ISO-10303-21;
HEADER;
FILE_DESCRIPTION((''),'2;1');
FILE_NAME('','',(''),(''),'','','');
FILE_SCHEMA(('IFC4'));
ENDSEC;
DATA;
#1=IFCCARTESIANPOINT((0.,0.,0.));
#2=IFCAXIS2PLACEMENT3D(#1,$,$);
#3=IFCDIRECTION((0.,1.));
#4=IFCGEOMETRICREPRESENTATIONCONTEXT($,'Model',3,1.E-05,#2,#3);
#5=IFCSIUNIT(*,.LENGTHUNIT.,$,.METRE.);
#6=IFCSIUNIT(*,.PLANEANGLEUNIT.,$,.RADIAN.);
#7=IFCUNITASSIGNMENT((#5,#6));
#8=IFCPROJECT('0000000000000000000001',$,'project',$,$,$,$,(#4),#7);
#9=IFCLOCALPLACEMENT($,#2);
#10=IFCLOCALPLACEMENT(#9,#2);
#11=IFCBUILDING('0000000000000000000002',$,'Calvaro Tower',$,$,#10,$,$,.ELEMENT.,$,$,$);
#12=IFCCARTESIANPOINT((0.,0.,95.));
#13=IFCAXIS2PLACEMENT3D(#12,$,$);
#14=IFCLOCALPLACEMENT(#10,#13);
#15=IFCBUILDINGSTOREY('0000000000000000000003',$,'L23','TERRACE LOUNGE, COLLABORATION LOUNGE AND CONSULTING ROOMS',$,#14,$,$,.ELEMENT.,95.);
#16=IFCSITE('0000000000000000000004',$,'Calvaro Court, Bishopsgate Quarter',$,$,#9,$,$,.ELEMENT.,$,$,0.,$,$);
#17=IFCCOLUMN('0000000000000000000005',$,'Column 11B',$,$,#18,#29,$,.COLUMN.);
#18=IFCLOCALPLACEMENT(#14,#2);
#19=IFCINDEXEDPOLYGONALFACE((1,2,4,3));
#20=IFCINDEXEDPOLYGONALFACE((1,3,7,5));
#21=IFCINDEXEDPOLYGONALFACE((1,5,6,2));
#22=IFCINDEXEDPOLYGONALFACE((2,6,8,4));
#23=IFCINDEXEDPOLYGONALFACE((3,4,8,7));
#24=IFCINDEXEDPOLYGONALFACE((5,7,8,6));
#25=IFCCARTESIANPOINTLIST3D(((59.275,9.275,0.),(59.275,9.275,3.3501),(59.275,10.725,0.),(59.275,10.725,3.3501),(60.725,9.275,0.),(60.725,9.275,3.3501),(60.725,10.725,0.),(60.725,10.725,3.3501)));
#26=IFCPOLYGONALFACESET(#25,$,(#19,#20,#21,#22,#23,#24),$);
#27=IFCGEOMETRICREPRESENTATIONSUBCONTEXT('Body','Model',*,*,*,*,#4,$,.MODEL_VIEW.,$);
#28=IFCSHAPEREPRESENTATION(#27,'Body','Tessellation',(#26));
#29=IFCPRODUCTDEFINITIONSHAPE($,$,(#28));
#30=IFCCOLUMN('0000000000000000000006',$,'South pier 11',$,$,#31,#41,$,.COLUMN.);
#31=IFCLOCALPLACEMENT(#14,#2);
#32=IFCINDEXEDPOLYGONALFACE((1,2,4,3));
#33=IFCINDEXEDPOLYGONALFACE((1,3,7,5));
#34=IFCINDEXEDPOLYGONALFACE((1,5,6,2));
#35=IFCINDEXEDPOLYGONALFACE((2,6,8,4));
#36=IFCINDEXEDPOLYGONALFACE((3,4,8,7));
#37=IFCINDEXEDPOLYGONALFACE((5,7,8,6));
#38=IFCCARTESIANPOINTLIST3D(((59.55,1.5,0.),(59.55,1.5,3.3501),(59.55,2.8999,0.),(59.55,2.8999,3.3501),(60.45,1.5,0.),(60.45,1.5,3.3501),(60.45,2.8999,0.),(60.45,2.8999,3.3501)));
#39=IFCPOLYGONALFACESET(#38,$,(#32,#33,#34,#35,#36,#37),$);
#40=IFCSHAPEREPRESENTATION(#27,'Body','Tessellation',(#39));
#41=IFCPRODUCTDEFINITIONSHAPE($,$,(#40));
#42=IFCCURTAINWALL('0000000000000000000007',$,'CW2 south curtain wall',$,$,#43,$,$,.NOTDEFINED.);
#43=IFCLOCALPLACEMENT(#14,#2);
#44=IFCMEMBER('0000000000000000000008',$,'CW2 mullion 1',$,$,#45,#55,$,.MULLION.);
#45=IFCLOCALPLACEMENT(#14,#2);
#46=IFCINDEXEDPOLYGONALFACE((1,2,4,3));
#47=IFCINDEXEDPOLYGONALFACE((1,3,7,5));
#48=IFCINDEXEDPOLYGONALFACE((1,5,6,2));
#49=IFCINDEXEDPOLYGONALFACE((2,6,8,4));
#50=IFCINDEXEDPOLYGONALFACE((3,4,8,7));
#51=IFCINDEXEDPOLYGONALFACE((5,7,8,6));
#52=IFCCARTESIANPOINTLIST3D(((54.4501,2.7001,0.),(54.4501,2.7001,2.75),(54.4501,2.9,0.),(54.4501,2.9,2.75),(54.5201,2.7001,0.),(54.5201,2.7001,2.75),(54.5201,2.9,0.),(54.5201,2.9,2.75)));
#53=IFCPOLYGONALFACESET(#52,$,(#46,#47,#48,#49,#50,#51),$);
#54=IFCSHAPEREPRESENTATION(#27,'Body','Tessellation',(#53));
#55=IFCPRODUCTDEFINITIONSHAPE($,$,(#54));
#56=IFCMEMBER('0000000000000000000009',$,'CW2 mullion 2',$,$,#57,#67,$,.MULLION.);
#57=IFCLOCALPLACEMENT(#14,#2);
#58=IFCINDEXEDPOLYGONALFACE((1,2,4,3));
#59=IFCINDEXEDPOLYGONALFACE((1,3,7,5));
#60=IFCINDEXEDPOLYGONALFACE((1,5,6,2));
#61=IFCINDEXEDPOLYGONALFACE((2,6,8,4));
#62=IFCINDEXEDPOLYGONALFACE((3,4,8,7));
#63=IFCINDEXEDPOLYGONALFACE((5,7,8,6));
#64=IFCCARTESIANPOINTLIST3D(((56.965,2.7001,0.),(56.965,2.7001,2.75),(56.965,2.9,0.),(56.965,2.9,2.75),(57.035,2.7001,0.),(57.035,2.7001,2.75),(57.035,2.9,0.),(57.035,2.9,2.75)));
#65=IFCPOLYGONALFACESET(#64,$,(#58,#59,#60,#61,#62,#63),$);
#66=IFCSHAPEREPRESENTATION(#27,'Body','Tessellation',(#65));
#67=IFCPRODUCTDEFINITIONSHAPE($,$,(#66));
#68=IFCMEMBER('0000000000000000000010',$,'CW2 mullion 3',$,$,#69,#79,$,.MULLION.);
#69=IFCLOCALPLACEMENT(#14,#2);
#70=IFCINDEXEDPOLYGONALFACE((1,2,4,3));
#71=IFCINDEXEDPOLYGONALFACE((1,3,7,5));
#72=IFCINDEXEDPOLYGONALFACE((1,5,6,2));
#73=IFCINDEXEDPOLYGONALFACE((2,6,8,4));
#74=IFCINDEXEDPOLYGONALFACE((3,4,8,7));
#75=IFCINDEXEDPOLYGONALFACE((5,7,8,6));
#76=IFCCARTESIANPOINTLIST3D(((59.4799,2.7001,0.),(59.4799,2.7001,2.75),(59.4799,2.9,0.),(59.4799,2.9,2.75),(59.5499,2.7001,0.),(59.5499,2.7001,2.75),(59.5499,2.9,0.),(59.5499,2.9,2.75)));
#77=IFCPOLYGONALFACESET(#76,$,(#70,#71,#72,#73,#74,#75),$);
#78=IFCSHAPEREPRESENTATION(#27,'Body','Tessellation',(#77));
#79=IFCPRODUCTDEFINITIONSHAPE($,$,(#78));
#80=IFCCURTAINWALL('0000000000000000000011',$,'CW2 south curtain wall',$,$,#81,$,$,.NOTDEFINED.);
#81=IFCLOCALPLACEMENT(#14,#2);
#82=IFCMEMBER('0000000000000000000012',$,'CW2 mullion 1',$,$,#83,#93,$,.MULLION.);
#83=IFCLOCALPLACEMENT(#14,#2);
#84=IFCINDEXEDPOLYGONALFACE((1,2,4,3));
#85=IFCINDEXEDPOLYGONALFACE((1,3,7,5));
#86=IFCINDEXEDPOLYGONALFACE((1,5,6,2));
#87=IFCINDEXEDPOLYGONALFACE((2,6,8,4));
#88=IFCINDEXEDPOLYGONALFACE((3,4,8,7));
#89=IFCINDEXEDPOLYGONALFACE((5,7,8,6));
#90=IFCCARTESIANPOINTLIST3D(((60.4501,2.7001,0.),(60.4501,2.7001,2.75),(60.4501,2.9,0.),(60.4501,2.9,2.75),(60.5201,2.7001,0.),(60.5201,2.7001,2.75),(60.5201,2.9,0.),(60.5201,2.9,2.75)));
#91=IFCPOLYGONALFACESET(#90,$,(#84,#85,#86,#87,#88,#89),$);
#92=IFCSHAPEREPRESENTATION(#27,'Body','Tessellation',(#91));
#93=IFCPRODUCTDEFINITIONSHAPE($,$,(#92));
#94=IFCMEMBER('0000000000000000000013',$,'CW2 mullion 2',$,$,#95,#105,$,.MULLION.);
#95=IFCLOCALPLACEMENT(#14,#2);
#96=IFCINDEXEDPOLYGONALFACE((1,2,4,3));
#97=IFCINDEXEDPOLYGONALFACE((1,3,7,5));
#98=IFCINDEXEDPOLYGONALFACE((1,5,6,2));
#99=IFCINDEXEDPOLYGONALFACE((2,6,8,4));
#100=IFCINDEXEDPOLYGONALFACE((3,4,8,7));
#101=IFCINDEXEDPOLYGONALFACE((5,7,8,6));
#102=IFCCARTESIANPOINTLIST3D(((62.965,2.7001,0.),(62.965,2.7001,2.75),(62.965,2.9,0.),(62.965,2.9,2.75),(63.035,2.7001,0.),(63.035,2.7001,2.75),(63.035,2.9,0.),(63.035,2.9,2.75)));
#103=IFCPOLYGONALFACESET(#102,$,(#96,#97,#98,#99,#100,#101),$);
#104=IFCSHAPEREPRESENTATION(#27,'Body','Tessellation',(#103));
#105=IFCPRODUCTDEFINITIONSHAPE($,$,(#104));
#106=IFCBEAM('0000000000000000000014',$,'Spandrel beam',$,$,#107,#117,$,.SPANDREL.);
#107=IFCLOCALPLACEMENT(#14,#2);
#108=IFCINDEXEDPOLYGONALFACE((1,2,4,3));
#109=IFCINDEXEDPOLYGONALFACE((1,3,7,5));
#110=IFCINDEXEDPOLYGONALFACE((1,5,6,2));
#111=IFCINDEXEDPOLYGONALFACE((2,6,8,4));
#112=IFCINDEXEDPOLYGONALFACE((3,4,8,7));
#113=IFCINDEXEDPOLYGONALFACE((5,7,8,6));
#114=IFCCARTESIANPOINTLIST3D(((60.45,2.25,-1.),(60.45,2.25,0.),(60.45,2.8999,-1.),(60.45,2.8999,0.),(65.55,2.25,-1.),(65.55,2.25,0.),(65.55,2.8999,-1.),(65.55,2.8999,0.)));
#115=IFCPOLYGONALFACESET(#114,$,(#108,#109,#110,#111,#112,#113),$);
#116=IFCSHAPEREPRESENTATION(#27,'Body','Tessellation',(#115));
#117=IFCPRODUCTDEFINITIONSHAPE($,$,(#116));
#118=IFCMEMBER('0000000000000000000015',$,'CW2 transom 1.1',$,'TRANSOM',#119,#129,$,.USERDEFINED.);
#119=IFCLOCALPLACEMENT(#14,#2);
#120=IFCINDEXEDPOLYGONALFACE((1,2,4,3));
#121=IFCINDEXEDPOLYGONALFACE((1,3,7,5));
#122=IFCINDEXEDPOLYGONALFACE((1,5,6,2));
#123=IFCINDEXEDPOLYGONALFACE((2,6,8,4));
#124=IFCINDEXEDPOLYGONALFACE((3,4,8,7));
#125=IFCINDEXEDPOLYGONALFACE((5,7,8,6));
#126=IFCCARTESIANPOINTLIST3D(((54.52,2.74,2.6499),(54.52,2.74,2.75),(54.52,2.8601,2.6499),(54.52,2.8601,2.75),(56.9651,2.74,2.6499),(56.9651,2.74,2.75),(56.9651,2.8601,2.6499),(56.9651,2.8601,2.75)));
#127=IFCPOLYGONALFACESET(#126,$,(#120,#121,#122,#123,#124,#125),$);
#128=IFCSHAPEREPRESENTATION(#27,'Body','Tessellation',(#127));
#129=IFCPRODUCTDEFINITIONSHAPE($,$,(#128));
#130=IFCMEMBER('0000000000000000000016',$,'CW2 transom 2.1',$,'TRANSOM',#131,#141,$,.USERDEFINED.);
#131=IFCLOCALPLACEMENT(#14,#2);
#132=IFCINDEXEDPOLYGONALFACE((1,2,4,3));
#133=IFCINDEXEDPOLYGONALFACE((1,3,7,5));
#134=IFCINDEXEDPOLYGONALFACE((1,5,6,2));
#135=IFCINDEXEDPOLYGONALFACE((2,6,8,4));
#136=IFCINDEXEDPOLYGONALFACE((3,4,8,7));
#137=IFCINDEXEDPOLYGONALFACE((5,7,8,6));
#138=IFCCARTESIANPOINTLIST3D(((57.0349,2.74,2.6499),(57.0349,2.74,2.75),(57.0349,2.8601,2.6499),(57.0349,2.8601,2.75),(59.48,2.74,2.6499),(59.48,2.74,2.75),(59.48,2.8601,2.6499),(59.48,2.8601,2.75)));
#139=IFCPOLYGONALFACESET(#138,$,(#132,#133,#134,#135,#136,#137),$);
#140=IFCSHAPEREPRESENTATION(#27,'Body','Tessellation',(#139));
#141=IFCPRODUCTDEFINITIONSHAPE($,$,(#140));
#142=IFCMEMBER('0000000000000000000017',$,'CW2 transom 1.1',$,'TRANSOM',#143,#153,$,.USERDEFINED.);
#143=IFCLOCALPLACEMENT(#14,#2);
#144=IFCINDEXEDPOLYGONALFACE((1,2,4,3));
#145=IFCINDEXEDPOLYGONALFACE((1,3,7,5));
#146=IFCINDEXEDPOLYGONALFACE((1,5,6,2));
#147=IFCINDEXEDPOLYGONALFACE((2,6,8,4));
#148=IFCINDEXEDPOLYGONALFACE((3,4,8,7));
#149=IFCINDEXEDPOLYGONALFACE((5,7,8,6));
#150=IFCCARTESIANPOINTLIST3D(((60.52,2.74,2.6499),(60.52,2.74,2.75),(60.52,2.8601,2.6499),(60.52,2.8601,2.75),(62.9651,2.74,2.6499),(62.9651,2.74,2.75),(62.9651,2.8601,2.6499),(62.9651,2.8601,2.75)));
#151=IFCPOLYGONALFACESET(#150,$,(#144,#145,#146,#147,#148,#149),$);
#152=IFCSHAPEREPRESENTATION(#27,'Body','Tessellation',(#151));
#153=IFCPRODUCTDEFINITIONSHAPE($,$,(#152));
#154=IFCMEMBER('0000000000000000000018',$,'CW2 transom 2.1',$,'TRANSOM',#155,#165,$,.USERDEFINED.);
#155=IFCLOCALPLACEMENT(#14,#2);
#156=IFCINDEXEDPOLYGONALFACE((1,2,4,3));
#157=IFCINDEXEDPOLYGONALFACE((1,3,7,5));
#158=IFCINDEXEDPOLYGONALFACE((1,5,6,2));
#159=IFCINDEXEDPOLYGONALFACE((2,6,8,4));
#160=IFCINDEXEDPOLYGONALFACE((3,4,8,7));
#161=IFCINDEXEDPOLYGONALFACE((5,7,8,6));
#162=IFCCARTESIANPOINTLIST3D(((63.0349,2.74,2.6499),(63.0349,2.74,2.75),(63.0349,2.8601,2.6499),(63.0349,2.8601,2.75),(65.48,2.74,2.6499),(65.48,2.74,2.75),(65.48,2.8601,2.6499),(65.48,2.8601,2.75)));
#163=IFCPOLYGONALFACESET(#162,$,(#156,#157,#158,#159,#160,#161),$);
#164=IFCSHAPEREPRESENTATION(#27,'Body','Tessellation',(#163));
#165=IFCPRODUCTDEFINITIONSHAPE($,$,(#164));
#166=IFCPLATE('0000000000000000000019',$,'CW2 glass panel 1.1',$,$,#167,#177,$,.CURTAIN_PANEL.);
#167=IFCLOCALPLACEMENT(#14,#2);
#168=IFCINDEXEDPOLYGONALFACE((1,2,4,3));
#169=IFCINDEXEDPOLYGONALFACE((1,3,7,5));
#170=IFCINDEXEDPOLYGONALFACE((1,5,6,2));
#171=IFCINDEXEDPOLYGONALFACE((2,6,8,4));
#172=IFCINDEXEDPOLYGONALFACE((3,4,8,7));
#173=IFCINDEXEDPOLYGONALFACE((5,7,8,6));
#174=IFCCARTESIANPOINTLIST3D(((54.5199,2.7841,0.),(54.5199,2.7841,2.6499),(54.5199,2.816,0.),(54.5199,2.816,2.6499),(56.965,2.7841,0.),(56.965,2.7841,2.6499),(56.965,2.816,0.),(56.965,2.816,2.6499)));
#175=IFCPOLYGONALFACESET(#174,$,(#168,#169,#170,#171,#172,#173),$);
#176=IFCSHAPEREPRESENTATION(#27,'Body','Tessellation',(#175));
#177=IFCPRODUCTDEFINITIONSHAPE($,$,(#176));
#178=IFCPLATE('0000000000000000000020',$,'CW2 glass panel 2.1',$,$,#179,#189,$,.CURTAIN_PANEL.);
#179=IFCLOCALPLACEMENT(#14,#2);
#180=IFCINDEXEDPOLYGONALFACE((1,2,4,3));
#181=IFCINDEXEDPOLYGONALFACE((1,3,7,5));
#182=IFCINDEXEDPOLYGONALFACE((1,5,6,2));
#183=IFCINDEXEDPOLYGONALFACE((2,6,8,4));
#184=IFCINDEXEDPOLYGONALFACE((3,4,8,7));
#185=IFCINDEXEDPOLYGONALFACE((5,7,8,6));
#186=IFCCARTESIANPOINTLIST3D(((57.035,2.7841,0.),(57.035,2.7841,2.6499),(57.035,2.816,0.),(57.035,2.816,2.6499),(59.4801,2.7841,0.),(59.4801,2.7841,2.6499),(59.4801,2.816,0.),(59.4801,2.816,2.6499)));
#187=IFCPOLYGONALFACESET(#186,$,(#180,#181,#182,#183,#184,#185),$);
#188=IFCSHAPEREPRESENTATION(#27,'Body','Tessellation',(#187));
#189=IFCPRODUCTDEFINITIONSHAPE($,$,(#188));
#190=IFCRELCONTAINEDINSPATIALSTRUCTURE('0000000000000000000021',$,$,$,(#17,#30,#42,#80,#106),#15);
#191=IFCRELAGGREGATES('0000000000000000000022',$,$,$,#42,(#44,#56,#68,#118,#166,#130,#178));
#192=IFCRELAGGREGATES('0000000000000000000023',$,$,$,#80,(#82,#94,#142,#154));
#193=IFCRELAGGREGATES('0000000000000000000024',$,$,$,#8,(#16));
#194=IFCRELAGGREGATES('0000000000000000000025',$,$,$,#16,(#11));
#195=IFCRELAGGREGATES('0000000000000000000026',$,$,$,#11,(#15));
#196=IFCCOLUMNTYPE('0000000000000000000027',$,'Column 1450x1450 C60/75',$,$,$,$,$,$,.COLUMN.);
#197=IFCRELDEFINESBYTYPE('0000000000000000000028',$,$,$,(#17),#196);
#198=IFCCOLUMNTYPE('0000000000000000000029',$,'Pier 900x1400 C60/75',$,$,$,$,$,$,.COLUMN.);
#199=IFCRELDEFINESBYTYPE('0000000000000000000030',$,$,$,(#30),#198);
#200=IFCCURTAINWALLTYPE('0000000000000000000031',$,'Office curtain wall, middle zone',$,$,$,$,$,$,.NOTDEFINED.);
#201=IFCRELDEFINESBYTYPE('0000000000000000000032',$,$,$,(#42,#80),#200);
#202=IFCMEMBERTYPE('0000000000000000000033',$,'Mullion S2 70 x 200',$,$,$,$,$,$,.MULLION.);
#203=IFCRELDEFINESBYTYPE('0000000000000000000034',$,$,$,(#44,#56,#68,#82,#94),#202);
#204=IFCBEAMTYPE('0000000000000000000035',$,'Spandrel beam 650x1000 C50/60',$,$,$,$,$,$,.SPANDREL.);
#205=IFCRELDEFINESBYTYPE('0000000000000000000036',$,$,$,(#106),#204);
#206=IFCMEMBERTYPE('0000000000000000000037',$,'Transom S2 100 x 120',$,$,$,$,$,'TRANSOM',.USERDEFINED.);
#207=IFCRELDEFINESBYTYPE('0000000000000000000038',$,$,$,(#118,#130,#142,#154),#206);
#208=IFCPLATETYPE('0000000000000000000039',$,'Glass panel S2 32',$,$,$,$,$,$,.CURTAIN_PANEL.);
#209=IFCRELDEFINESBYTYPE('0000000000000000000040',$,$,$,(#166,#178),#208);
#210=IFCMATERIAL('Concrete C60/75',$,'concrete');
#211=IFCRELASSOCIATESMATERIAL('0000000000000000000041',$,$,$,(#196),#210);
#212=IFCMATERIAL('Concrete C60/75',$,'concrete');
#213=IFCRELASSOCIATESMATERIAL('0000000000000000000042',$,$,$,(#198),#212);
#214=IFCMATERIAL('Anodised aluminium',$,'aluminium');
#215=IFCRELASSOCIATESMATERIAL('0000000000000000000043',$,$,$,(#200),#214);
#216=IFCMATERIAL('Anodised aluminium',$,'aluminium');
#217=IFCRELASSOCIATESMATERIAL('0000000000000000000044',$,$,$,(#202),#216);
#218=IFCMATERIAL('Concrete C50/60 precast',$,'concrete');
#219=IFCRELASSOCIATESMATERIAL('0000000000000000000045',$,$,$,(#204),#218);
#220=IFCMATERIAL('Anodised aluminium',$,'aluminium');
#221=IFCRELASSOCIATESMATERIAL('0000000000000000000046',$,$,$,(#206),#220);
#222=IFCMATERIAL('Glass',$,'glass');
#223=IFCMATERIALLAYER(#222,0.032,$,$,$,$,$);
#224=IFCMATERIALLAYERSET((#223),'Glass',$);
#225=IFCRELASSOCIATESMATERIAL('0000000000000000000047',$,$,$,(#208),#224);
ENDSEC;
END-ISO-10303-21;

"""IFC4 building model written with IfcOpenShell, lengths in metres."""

from ifc_helpers import new_model, si_unit, direction, frame, origin, origin_2d, place, context, subcontext, project, spatial, rectangle, extrude, material, layer, layer_set, material_profile, profile_set, type_object, element, aggregate, save


model = new_model("IFC4")

# Units and contexts
model_context = context("Model", 3, precision=1e-05, world=origin(), true_north=direction((0.0, 1.0)))
body_context = subcontext(model_context, "Body", "Model", "MODEL_VIEW")
ifc_project = project(units=[si_unit("LENGTHUNIT", "METRE"), si_unit("PLANEANGLEUNIT", "RADIAN")], contexts=[model_context])

# Site, building, storey
site_placement = place(None, origin())
site = spatial("IfcSite", under=ifc_project, at=site_placement, Name="Calvaro Court, Bishopsgate Quarter", CompositionType="ELEMENT", RefElevation=0.0)
building_placement = place(site_placement, origin())
building = spatial("IfcBuilding", under=site, at=building_placement, Name="Calvaro Tower", CompositionType="ELEMENT")
storey_placement = place(building_placement, frame((0.0, 0.0, 95.0)))
storey = spatial("IfcBuildingStorey", under=building, at=storey_placement, Name="L23", Description="TERRACE LOUNGE, COLLABORATION LOUNGE AND CONSULTING ROOMS", CompositionType="ELEMENT", Elevation=95.0)

# Columns
ifc_material_1 = material(Name="Concrete C60/75", Category="concrete")
ifc_material_profile_1 = material_profile(ifc_material_1, rectangle(XDim=1.45, YDim=1.45, at=origin_2d()), Name="RC 1450x1450")
ifc_profile_set_1 = profile_set([ifc_material_profile_1], Name="Concrete C60/75")
column_type_1 = type_object("IfcColumnType", Name="Column 1450x1450 C60/75", PredefinedType="COLUMN", material=ifc_profile_set_1)
column_1_placement = place(storey_placement, frame((60.0, 10.0, 0.0), z_axis=(0.0, 0.0, 1.0), x_axis=(1.0, 0.0, 0.0)))
element("IfcColumn", 1, at=column_1_placement, inside=storey, type_object=column_type_1, Name="Column 11B", PredefinedType="COLUMN", context=body_context, shape_type="SweptSolid", body=[
    extrude(rectangle(XDim=1.45, YDim=1.45, at=origin_2d()), origin(), (0.0, 0.0, 1.0), 3.3501),
])
ifc_material_2 = material(Name="Concrete C60/75", Category="concrete")
ifc_material_profile_2 = material_profile(ifc_material_2, rectangle(XDim=0.8999, YDim=1.3999, at=origin_2d()), Name="RC 900x1400")
ifc_profile_set_2 = profile_set([ifc_material_profile_2], Name="Concrete C60/75")
column_type_2 = type_object("IfcColumnType", Name="Pier 900x1400 C60/75", PredefinedType="COLUMN", material=ifc_profile_set_2)
column_2_placement = place(storey_placement, frame((60.0, 2.2, 0.0), z_axis=(0.0, 0.0, 1.0), x_axis=(1.0, 0.0, 0.0)))
element("IfcColumn", 2, at=column_2_placement, inside=storey, type_object=column_type_2, Name="South pier 11", PredefinedType="COLUMN", context=body_context, shape_type="SweptSolid", body=[
    extrude(rectangle(XDim=0.8999, YDim=1.3999, at=origin_2d()), origin(), (0.0, 0.0, 1.0), 3.3501),
])

# Curtain walls, members
ifc_material_3 = material(Name="Anodised aluminium", Category="aluminium")
curtain_wall_type = type_object("IfcCurtainWallType", Name="Office curtain wall, middle zone", PredefinedType="NOTDEFINED", material=ifc_material_3)
curtain_wall_1_placement = place(storey_placement, origin())
curtain_wall_1 = element("IfcCurtainWall", 3, at=curtain_wall_1_placement, inside=storey, type_object=curtain_wall_type, Name="CW2 south curtain wall", PredefinedType="NOTDEFINED")
ifc_material_4 = material(Name="Anodised aluminium", Category="aluminium")
ifc_material_profile_3 = material_profile(ifc_material_4, rectangle(XDim=0.2, YDim=0.0701, at=origin_2d()), Name="Mullion S2 70 x 200")
ifc_profile_set_3 = profile_set([ifc_material_profile_3], Name="Anodised aluminium")
member_type_1 = type_object("IfcMemberType", Name="Mullion S2 70 x 200", PredefinedType="MULLION", material=ifc_profile_set_3)
member_1_placement = place(storey_placement, frame((54.4851, 2.8, 0.0), z_axis=(0.0, 0.0, 1.0), x_axis=(0.0, 1.0, 0.0)))
member_1 = element("IfcMember", 4, at=member_1_placement, type_object=member_type_1, Name="CW2 mullion 1", PredefinedType="MULLION", context=body_context, shape_type="SweptSolid", body=[
    extrude(rectangle(XDim=0.2, YDim=0.0701, at=origin_2d()), origin(), (0.0, 0.0, 1.0), 2.75),
])
member_2_placement = place(storey_placement, frame((57.0, 2.8, 0.0), z_axis=(0.0, 0.0, 1.0), x_axis=(0.0, 1.0, 0.0)))
member_2 = element("IfcMember", 5, at=member_2_placement, type_object=member_type_1, Name="CW2 mullion 2", PredefinedType="MULLION", context=body_context, shape_type="SweptSolid", body=[
    extrude(rectangle(XDim=0.2, YDim=0.0701, at=origin_2d()), origin(), (0.0, 0.0, 1.0), 2.75),
])
member_3_placement = place(storey_placement, frame((59.5149, 2.8, 0.0), z_axis=(0.0, 0.0, 1.0), x_axis=(0.0, 1.0, 0.0)))
member_3 = element("IfcMember", 6, at=member_3_placement, type_object=member_type_1, Name="CW2 mullion 3", PredefinedType="MULLION", context=body_context, shape_type="SweptSolid", body=[
    extrude(rectangle(XDim=0.2, YDim=0.0701, at=origin_2d()), origin(), (0.0, 0.0, 1.0), 2.75),
])
curtain_wall_2_placement = place(storey_placement, origin())
curtain_wall_2 = element("IfcCurtainWall", 7, at=curtain_wall_2_placement, inside=storey, type_object=curtain_wall_type, Name="CW2 south curtain wall", PredefinedType="NOTDEFINED")
member_4_placement = place(storey_placement, frame((60.4851, 2.8, 0.0), z_axis=(0.0, 0.0, 1.0), x_axis=(0.0, 1.0, 0.0)))
member_4 = element("IfcMember", 8, at=member_4_placement, type_object=member_type_1, Name="CW2 mullion 1", PredefinedType="MULLION", context=body_context, shape_type="SweptSolid", body=[
    extrude(rectangle(XDim=0.2, YDim=0.0701, at=origin_2d()), origin(), (0.0, 0.0, 1.0), 2.75),
])
member_5_placement = place(storey_placement, frame((63.0, 2.8, 0.0), z_axis=(0.0, 0.0, 1.0), x_axis=(0.0, 1.0, 0.0)))
member_5 = element("IfcMember", 9, at=member_5_placement, type_object=member_type_1, Name="CW2 mullion 2", PredefinedType="MULLION", context=body_context, shape_type="SweptSolid", body=[
    extrude(rectangle(XDim=0.2, YDim=0.0701, at=origin_2d()), origin(), (0.0, 0.0, 1.0), 2.75),
])

# Beam
ifc_material_5 = material(Name="Concrete C50/60 precast", Category="concrete")
ifc_material_profile_4 = material_profile(ifc_material_5, rectangle(XDim=0.6499, YDim=1.0, at=origin_2d()), Name="RC 650x1000")
ifc_profile_set_4 = profile_set([ifc_material_profile_4], Name="Concrete C50/60 precast")
beam_type = type_object("IfcBeamType", Name="Spandrel beam 650x1000 C50/60", PredefinedType="SPANDREL", material=ifc_profile_set_4)
beam_placement = place(storey_placement, frame((60.45, 2.575, -0.5), z_axis=(1.0, 0.0, 0.0), x_axis=(0.0, 1.0, 0.0)))
element("IfcBeam", 10, at=beam_placement, inside=storey, type_object=beam_type, Name="Spandrel beam", PredefinedType="SPANDREL", context=body_context, shape_type="SweptSolid", body=[
    extrude(rectangle(XDim=0.6499, YDim=1.0, at=origin_2d()), origin(), (0.0, 0.0, 1.0), 5.1001),
])

# Members
ifc_material_6 = material(Name="Anodised aluminium", Category="aluminium")
ifc_material_profile_5 = material_profile(ifc_material_6, rectangle(XDim=0.1201, YDim=0.1001, at=origin_2d()), Name="Transom S2 100 x 120")
ifc_profile_set_5 = profile_set([ifc_material_profile_5], Name="Anodised aluminium")
member_type_2 = type_object("IfcMemberType", Name="Transom S2 100 x 120", ElementType="TRANSOM", PredefinedType="USERDEFINED", material=ifc_profile_set_5)
member_6_placement = place(storey_placement, frame((54.52, 2.8, 2.7), z_axis=(1.0, 0.0, 0.0), x_axis=(0.0, 1.0, 0.0)))
member_6 = element("IfcMember", 11, at=member_6_placement, type_object=member_type_2, Name="CW2 transom 1.1", ObjectType="TRANSOM", PredefinedType="USERDEFINED", context=body_context, shape_type="SweptSolid", body=[
    extrude(rectangle(XDim=0.1201, YDim=0.1001, at=origin_2d()), origin(), (0.0, 0.0, 1.0), 2.4451),
])
member_7_placement = place(storey_placement, frame((57.0349, 2.8, 2.7), z_axis=(1.0, 0.0, 0.0), x_axis=(0.0, 1.0, 0.0)))
member_7 = element("IfcMember", 12, at=member_7_placement, type_object=member_type_2, Name="CW2 transom 2.1", ObjectType="TRANSOM", PredefinedType="USERDEFINED", context=body_context, shape_type="SweptSolid", body=[
    extrude(rectangle(XDim=0.1201, YDim=0.1001, at=origin_2d()), origin(), (0.0, 0.0, 1.0), 2.4451),
])
member_8_placement = place(storey_placement, frame((60.52, 2.8, 2.7), z_axis=(1.0, 0.0, 0.0), x_axis=(0.0, 1.0, 0.0)))
member_8 = element("IfcMember", 13, at=member_8_placement, type_object=member_type_2, Name="CW2 transom 1.1", ObjectType="TRANSOM", PredefinedType="USERDEFINED", context=body_context, shape_type="SweptSolid", body=[
    extrude(rectangle(XDim=0.1201, YDim=0.1001, at=origin_2d()), origin(), (0.0, 0.0, 1.0), 2.4451),
])
member_9_placement = place(storey_placement, frame((63.0349, 2.8, 2.7), z_axis=(1.0, 0.0, 0.0), x_axis=(0.0, 1.0, 0.0)))
member_9 = element("IfcMember", 14, at=member_9_placement, type_object=member_type_2, Name="CW2 transom 2.1", ObjectType="TRANSOM", PredefinedType="USERDEFINED", context=body_context, shape_type="SweptSolid", body=[
    extrude(rectangle(XDim=0.1201, YDim=0.1001, at=origin_2d()), origin(), (0.0, 0.0, 1.0), 2.4451),
])

# Plates
ifc_material_7 = material(Name="Glass", Category="glass")
ifc_layer = layer(ifc_material_7, 0.032)
ifc_layer_set = layer_set([ifc_layer], Name="Glass")
plate_type = type_object("IfcPlateType", Name="Glass panel S2 32", PredefinedType="CURTAIN_PANEL", material=ifc_layer_set)
plate_1_placement = place(storey_placement, frame((55.7424, 2.8, 0.0), z_axis=(0.0, 0.0, 1.0), x_axis=(1.0, 0.0, 0.0)))
plate_1 = element("IfcPlate", 15, at=plate_1_placement, type_object=plate_type, Name="CW2 glass panel 1.1", PredefinedType="CURTAIN_PANEL", context=body_context, shape_type="SweptSolid", body=[
    extrude(rectangle(XDim=2.4451, YDim=0.032, at=origin_2d()), origin(), (0.0, 0.0, 1.0), 2.6499),
])
plate_2_placement = place(storey_placement, frame((58.2576, 2.8, 0.0), z_axis=(0.0, 0.0, 1.0), x_axis=(1.0, 0.0, 0.0)))
plate_2 = element("IfcPlate", 16, at=plate_2_placement, type_object=plate_type, Name="CW2 glass panel 2.1", PredefinedType="CURTAIN_PANEL", context=body_context, shape_type="SweptSolid", body=[
    extrude(rectangle(XDim=2.4451, YDim=0.032, at=origin_2d()), origin(), (0.0, 0.0, 1.0), 2.6499),
])
aggregate(curtain_wall_1, [member_1, member_2, member_3, member_6, plate_1, member_7, plate_2])
aggregate(curtain_wall_2, [member_4, member_5, member_8, member_9])

save(model, "model.ifc")
